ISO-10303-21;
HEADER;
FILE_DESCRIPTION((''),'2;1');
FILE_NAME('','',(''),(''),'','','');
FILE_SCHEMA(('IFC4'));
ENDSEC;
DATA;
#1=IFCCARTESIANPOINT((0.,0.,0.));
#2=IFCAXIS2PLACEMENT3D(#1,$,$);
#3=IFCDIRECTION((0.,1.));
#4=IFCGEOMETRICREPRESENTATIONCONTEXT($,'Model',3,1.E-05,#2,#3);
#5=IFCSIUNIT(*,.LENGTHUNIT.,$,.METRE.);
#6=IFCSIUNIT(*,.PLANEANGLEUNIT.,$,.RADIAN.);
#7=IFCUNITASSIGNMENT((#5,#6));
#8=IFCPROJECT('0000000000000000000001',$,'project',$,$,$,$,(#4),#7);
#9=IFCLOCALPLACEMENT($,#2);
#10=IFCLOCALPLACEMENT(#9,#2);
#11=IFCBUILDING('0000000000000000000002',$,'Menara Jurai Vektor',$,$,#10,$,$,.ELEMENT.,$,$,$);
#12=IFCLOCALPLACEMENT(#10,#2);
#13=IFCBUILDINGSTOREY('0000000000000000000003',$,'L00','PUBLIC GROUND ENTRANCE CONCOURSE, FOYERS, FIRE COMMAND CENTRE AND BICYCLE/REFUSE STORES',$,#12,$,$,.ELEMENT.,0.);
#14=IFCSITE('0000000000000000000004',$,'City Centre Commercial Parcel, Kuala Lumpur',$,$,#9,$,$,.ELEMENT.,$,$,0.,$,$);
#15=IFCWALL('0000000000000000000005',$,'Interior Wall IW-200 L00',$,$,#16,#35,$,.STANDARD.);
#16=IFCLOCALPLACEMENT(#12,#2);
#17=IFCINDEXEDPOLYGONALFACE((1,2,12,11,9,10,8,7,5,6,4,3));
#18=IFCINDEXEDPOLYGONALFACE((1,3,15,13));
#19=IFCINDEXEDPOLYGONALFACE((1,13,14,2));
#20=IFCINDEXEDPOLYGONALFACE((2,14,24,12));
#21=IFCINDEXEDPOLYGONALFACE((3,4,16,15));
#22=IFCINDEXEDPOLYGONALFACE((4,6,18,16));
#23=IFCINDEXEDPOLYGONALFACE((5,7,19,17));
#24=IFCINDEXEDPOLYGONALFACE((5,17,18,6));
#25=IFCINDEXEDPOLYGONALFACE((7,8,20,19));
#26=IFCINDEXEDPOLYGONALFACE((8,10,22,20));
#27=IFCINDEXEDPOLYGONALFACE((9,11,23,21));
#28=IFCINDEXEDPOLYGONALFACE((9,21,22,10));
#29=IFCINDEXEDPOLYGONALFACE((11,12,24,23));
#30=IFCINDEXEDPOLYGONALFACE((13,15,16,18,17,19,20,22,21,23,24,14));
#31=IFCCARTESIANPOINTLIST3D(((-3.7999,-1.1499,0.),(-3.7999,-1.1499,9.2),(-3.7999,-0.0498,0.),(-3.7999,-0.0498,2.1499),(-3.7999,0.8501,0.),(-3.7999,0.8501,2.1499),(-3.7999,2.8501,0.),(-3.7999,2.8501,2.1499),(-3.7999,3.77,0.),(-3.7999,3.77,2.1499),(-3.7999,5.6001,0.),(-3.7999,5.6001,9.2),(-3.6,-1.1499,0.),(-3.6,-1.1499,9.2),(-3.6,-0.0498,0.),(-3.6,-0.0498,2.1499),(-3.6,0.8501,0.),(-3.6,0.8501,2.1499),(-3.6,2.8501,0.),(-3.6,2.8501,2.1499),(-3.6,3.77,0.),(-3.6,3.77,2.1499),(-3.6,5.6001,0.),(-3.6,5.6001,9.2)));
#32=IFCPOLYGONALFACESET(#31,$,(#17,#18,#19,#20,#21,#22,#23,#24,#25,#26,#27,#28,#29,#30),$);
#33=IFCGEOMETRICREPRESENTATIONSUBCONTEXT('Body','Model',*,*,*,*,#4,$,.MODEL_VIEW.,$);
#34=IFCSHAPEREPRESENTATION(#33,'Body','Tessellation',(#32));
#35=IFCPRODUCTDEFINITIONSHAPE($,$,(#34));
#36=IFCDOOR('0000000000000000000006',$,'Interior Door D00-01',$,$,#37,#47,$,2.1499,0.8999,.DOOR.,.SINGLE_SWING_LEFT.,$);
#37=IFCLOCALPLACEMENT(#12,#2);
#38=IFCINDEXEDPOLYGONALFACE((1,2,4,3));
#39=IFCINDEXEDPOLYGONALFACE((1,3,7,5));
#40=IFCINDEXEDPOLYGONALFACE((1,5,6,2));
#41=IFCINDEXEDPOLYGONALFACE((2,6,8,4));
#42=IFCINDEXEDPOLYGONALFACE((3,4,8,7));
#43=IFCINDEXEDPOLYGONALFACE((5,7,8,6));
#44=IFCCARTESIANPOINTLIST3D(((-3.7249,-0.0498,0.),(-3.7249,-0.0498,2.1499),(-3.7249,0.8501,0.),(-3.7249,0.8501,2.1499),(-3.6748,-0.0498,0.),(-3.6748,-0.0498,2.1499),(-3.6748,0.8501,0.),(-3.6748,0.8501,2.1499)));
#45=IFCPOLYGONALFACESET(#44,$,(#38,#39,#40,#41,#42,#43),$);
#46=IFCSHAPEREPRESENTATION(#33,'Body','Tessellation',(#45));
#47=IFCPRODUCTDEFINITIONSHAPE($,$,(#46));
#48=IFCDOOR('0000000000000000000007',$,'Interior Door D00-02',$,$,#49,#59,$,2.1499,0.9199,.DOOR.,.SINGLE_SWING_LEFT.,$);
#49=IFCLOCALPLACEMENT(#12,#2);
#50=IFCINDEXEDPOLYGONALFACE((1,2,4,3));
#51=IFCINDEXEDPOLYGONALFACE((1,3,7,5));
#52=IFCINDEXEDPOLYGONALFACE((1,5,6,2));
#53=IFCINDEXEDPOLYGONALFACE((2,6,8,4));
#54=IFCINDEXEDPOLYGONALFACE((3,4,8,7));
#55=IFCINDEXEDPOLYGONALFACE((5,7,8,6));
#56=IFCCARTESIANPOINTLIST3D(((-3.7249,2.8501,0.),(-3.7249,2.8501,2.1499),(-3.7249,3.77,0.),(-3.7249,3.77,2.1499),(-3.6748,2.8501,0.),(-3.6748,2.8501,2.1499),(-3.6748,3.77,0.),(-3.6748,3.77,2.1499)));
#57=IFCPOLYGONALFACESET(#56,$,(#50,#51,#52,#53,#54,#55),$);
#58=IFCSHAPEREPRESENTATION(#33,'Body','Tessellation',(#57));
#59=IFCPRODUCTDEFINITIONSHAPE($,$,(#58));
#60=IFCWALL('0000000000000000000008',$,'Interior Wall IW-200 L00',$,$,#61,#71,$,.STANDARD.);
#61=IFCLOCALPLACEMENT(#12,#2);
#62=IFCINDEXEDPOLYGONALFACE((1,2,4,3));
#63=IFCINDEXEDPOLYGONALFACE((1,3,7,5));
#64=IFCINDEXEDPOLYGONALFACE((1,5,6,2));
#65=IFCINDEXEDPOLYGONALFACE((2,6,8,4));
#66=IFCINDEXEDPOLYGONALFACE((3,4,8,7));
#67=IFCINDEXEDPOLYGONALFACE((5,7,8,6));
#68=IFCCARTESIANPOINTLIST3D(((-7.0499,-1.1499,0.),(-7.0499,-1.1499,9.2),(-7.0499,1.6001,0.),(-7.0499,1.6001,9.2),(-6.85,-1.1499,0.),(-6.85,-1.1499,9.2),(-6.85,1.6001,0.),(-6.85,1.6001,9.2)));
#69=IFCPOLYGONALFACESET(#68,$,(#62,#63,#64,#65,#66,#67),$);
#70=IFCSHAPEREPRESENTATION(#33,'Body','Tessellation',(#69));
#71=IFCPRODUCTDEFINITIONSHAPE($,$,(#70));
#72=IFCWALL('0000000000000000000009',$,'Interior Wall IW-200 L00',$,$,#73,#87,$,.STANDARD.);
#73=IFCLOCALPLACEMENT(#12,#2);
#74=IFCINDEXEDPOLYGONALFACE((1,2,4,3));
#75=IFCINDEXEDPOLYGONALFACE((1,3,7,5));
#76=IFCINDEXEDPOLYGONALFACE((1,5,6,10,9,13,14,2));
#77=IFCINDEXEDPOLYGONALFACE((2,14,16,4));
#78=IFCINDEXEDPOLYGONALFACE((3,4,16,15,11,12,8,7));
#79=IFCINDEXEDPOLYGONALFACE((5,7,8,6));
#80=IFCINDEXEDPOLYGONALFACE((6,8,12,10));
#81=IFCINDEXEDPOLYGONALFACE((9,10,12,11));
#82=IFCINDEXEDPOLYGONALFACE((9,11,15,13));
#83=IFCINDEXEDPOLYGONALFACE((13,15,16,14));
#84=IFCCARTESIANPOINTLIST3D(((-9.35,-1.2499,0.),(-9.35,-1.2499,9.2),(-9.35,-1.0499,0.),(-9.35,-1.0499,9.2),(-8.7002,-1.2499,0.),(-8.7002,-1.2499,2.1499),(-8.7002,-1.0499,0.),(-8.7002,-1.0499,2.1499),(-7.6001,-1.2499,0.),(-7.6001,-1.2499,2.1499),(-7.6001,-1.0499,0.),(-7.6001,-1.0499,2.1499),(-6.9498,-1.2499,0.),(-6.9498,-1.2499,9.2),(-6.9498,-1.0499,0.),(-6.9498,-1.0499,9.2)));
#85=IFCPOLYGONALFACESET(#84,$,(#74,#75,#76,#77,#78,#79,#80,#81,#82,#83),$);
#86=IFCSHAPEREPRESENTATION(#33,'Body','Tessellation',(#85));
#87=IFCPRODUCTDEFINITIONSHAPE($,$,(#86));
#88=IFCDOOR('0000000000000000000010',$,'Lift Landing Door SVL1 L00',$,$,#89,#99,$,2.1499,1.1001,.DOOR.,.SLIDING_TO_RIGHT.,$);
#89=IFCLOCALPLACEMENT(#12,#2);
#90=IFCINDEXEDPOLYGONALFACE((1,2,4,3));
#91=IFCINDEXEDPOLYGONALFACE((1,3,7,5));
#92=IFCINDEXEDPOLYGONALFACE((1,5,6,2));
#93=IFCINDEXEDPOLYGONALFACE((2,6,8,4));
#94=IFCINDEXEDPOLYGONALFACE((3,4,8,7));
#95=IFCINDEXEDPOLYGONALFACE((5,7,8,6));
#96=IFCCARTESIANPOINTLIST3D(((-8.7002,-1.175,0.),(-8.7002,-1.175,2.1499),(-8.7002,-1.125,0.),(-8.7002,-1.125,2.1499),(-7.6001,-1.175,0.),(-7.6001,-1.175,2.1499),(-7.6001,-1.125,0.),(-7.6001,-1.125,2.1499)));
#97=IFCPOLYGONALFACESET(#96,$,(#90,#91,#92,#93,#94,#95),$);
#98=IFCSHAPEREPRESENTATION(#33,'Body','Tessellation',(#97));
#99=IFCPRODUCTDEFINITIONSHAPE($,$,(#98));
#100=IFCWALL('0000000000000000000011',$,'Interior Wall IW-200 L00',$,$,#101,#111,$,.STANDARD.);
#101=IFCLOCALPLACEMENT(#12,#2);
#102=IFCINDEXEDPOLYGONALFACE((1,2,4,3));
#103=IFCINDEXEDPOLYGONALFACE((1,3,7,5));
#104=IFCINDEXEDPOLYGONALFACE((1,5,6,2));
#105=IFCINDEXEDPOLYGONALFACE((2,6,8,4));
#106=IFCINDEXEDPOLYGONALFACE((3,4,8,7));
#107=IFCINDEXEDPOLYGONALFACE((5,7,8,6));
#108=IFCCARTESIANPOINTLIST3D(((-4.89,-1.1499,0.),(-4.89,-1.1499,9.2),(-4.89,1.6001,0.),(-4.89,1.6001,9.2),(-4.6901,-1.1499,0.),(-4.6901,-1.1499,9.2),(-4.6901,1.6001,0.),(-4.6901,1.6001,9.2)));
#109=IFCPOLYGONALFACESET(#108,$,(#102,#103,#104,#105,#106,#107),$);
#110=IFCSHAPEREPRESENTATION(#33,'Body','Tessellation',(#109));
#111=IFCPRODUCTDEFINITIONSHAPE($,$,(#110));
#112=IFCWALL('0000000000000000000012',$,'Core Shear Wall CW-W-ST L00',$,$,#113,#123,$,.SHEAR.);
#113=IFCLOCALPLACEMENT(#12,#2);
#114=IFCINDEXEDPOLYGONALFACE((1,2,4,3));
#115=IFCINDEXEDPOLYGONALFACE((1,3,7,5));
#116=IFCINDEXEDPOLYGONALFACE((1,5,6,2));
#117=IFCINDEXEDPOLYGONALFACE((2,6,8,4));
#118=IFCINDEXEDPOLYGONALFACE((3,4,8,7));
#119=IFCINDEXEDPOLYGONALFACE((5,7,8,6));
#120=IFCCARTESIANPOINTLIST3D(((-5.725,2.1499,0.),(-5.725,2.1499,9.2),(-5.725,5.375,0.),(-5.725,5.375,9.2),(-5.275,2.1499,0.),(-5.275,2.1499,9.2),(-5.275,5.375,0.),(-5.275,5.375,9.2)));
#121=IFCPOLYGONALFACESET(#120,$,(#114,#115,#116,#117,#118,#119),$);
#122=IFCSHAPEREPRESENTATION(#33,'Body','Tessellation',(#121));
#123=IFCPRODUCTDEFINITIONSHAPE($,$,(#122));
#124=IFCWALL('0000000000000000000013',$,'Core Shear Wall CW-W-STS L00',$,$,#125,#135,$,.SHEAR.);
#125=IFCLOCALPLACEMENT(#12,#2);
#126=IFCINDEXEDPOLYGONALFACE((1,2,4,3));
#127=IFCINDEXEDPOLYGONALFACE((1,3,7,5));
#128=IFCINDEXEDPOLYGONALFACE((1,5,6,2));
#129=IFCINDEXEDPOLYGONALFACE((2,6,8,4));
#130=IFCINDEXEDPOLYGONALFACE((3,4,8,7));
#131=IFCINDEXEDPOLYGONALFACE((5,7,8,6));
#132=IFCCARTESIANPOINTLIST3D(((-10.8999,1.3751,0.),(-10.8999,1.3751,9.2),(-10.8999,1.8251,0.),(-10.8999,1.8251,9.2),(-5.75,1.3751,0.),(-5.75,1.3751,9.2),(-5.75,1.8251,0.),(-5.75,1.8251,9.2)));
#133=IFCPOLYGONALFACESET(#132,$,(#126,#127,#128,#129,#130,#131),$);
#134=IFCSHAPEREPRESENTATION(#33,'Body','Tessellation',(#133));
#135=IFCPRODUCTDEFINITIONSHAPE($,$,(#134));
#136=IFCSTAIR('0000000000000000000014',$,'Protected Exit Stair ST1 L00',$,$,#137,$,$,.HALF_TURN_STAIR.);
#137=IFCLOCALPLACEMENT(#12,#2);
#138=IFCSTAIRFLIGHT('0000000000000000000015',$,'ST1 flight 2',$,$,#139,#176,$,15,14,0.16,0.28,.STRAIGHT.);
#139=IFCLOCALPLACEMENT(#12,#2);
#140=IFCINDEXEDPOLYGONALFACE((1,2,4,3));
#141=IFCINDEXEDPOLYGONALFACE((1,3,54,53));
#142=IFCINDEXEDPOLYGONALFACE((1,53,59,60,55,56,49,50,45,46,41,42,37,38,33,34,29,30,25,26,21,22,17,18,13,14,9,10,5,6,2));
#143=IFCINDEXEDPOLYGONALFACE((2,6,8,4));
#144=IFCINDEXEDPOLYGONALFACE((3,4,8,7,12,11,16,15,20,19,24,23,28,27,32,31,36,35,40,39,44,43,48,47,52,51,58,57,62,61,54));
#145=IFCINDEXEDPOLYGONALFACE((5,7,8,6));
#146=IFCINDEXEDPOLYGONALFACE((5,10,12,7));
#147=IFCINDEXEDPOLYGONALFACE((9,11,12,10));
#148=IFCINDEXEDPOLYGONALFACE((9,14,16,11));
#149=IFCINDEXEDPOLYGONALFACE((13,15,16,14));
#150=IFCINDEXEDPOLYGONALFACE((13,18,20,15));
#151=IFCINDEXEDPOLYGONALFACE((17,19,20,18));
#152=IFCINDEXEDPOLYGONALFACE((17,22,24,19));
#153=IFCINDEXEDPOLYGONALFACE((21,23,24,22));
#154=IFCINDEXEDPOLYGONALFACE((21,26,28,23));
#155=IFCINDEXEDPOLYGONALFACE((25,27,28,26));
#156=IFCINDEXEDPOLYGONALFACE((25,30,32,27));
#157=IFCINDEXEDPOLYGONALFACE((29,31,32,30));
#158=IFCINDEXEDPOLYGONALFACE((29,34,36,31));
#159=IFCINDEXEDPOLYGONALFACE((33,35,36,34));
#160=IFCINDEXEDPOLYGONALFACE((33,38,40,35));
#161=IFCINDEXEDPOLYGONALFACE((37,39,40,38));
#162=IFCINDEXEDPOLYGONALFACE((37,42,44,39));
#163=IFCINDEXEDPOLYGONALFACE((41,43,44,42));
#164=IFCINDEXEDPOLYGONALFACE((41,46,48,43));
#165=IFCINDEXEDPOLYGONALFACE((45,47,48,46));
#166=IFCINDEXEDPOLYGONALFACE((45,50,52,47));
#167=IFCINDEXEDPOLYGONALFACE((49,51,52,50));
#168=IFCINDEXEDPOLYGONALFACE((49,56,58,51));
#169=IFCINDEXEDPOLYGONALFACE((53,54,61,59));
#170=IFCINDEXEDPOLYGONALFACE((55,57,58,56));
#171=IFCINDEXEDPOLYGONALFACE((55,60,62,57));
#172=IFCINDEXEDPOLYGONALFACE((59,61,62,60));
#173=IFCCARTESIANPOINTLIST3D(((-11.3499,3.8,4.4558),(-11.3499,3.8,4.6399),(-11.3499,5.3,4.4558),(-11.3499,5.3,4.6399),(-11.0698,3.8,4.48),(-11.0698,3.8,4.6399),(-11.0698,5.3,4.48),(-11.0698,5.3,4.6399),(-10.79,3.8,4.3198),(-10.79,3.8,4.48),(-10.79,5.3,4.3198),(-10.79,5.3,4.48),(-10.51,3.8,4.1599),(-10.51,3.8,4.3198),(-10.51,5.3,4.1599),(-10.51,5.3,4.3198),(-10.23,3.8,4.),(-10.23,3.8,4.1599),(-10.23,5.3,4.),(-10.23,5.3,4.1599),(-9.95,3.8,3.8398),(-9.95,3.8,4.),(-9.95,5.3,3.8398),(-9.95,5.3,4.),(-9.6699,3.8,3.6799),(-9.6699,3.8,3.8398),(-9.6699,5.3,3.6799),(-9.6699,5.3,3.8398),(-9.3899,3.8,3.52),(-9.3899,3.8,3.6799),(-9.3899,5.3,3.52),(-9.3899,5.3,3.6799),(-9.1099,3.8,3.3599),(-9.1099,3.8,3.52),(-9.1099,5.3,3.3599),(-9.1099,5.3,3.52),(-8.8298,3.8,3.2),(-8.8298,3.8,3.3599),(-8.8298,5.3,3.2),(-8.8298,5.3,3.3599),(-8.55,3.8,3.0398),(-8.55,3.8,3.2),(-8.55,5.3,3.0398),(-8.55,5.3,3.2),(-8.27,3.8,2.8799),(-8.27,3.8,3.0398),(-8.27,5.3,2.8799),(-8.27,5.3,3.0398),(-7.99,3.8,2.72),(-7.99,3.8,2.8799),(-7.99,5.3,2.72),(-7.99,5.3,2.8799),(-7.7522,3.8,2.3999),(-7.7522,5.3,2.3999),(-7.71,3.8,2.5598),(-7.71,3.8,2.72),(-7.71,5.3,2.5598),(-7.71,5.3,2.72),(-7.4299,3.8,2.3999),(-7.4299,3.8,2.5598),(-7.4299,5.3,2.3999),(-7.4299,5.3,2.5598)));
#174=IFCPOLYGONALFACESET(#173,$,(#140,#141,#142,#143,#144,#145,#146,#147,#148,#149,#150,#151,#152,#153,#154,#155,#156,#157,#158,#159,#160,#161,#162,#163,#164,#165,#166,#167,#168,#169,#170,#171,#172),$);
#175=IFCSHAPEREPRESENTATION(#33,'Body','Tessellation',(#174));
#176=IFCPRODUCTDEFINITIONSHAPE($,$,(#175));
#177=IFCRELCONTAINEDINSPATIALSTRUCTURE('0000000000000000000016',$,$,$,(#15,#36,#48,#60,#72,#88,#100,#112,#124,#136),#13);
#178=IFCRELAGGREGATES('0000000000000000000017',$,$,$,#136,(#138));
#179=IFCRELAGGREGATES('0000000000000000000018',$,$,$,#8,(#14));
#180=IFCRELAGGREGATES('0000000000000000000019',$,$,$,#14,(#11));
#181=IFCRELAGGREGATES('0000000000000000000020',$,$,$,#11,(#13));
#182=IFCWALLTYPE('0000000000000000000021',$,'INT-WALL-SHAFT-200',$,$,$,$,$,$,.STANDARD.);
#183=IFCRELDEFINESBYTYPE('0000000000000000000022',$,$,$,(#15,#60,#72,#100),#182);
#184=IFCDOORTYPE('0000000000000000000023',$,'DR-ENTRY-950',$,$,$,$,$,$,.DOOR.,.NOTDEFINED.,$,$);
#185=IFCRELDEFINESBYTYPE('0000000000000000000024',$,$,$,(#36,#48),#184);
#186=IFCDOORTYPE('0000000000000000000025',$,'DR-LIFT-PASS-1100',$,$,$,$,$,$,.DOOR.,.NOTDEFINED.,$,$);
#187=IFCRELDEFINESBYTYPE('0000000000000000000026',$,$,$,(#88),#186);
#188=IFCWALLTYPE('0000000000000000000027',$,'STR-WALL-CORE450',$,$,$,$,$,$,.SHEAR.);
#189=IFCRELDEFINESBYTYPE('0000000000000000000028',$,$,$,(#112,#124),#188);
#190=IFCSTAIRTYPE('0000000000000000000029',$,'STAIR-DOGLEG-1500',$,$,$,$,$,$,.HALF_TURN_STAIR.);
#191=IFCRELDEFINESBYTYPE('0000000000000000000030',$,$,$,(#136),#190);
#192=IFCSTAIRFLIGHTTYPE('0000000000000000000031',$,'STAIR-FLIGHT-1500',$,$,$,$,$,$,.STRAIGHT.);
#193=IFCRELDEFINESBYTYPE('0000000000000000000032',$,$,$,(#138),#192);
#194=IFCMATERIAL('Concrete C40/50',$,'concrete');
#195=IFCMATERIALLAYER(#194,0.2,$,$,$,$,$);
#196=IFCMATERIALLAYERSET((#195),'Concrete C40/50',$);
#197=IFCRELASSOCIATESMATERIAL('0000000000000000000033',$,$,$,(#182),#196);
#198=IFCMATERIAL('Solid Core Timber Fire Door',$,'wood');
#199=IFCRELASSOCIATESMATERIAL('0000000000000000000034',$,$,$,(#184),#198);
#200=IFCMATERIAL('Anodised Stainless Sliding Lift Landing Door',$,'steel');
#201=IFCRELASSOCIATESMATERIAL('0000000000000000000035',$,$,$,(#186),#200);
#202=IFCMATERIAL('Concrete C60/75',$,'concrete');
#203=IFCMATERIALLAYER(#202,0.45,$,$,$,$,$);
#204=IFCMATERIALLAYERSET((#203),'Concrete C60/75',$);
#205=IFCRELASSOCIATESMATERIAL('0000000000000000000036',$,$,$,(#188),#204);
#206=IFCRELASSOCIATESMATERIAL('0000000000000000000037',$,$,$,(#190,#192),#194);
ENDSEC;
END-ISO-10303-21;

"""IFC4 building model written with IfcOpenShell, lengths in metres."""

from ifc_helpers import new_model, si_unit, direction, frame, frame_2d, origin, place, context, subcontext, project, spatial, polyline, rectangle, outline, extrude, material, layer, layer_set, type_object, element, fill, aggregate, save


model = new_model("IFC4")

# Units and contexts
model_context = context("Model", 3, precision=1e-05, world=origin(), true_north=direction((0.0, 1.0)))
body_context = subcontext(model_context, "Body", "Model", "MODEL_VIEW")
ifc_project = project(units=[si_unit("LENGTHUNIT", "METRE"), si_unit("PLANEANGLEUNIT", "RADIAN")], contexts=[model_context])

# Site, building, storey
site_placement = place(None, origin())
site = spatial("IfcSite", under=ifc_project, at=site_placement, Name="City Centre Commercial Parcel, Kuala Lumpur", CompositionType="ELEMENT", RefElevation=0.0)
building_placement = place(site_placement, origin())
building = spatial("IfcBuilding", under=site, at=building_placement, Name="Menara Jurai Vektor", CompositionType="ELEMENT")
storey_placement = place(building_placement, origin())
storey = spatial("IfcBuildingStorey", under=building, at=storey_placement, Name="L00", Description="PUBLIC GROUND ENTRANCE CONCOURSE, FOYERS, FIRE COMMAND CENTRE AND BICYCLE/REFUSE STORES", CompositionType="ELEMENT", Elevation=0.0)

# Shared definitions
ifc_material_1 = material(Name="Concrete C60/75", Category="concrete")

# Shared definitions
ifc_material_2 = material(Name="Concrete C40/50", Category="concrete")

# Wall, openings, doors
ifc_layer_1 = layer(ifc_material_2, 0.2)
ifc_layer_set_1 = layer_set([ifc_layer_1], Name="Concrete C40/50")
wall_type_1 = type_object("IfcWallType", Name="INT-WALL-SHAFT-200", PredefinedType="STANDARD", material=ifc_layer_set_1)
wall_1_placement = place(storey_placement, frame((-3.7, -1.1499, 0.0), z_axis=(0.0, 0.0, 1.0), x_axis=(0.0, 1.0, 0.0)))
wall_1 = element("IfcWall", 1, at=wall_1_placement, inside=storey, type_object=wall_type_1, Name="Interior Wall IW-200 L00", PredefinedType="STANDARD", context=body_context, shape_type="SweptSolid", body=[
    extrude(rectangle(XDim=6.75, YDim=0.2, at=frame_2d((3.375, 0.0))), origin(), (0.0, 0.0, 1.0), 9.2),
])
opening_1_placement = place(wall_1_placement, frame((1.1001, 0.0, 0.0)))
opening_1 = element("IfcOpeningElement", 2, at=opening_1_placement, cuts=wall_1, PredefinedType="OPENING", context=body_context, shape_type="SweptSolid", body=[
    extrude(rectangle(XDim=0.8999, YDim=2.1499, at=frame_2d((0.45, 1.075))), frame((0.0, 0.1099, 0.0), z_axis=(0.0, -1.0, 0.0), x_axis=(1.0, 0.0, 0.0)), (0.0, 0.0, 1.0), 0.22),
])
opening_2_placement = place(wall_1_placement, frame((4.0, 0.0, 0.0)))
opening_2 = element("IfcOpeningElement", 3, at=opening_2_placement, cuts=wall_1, PredefinedType="OPENING", context=body_context, shape_type="SweptSolid", body=[
    extrude(rectangle(XDim=0.9199, YDim=2.1499, at=frame_2d((0.46, 1.075))), frame((0.0, 0.1099, 0.0), z_axis=(0.0, -1.0, 0.0), x_axis=(1.0, 0.0, 0.0)), (0.0, 0.0, 1.0), 0.22),
])
ifc_material_3 = material(Name="Solid Core Timber Fire Door", Category="wood")
door_type_1 = type_object("IfcDoorType", Name="DR-ENTRY-950", OperationType="NOTDEFINED", PredefinedType="DOOR", material=ifc_material_3)
door_1_placement = place(opening_1_placement, origin())
door_1 = element("IfcDoor", 4, at=door_1_placement, inside=storey, type_object=door_type_1, Name="Interior Door D00-01", OperationType="SINGLE_SWING_LEFT", OverallHeight=2.1499, OverallWidth=0.8999, PredefinedType="DOOR", context=body_context, shape_type="SweptSolid", body=[
    extrude(rectangle(XDim=0.8999, YDim=2.1499, at=frame_2d((0.45, 1.075))), frame((0.0, 0.0249, 0.0), z_axis=(0.0, -1.0, 0.0), x_axis=(1.0, 0.0, 0.0)), (0.0, 0.0, 1.0), 0.05),
])
fill(opening_1, door_1)
door_2_placement = place(opening_2_placement, origin())
door_2 = element("IfcDoor", 5, at=door_2_placement, inside=storey, type_object=door_type_1, Name="Interior Door D00-02", OperationType="SINGLE_SWING_LEFT", OverallHeight=2.1499, OverallWidth=0.9199, PredefinedType="DOOR", context=body_context, shape_type="SweptSolid", body=[
    extrude(rectangle(XDim=0.9199, YDim=2.1499, at=frame_2d((0.46, 1.075))), frame((0.0, 0.0249, 0.0), z_axis=(0.0, -1.0, 0.0), x_axis=(1.0, 0.0, 0.0)), (0.0, 0.0, 1.0), 0.05),
])
fill(opening_2, door_2)

# Wall
wall_2_placement = place(storey_placement, frame((-6.95, -1.1499, 0.0), z_axis=(0.0, 0.0, 1.0), x_axis=(0.0, 1.0, 0.0)))
element("IfcWall", 6, at=wall_2_placement, inside=storey, type_object=wall_type_1, Name="Interior Wall IW-200 L00", PredefinedType="STANDARD", context=body_context, shape_type="SweptSolid", body=[
    extrude(rectangle(XDim=2.75, YDim=0.2, at=frame_2d((1.375, 0.0))), origin(), (0.0, 0.0, 1.0), 9.2),
])

# Wall, opening, door
wall_3_placement = place(storey_placement, frame((-9.3501, -1.1499, 0.0), z_axis=(0.0, 0.0, 1.0), x_axis=(1.0, 0.0, 0.0)))
wall_3 = element("IfcWall", 7, at=wall_3_placement, inside=storey, type_object=wall_type_1, Name="Interior Wall IW-200 L00", PredefinedType="STANDARD", context=body_context, shape_type="SweptSolid", body=[
    extrude(rectangle(XDim=2.4001, YDim=0.2, at=frame_2d((1.2002, 0.0))), origin(), (0.0, 0.0, 1.0), 9.2),
])
opening_3_placement = place(wall_3_placement, frame((0.6499, 0.0, 0.0)))
opening_3 = element("IfcOpeningElement", 8, at=opening_3_placement, cuts=wall_3, PredefinedType="OPENING", context=body_context, shape_type="SweptSolid", body=[
    extrude(rectangle(XDim=1.1001, YDim=2.1499, at=frame_2d((0.55, 1.075))), frame((0.0, 0.1099, 0.0), z_axis=(0.0, -1.0, 0.0), x_axis=(1.0, 0.0, 0.0)), (0.0, 0.0, 1.0), 0.22),
])
ifc_material_4 = material(Name="Anodised Stainless Sliding Lift Landing Door", Category="steel")
door_type_2 = type_object("IfcDoorType", Name="DR-LIFT-PASS-1100", OperationType="NOTDEFINED", PredefinedType="DOOR", material=ifc_material_4)
door_3_placement = place(opening_3_placement, origin())
door_3 = element("IfcDoor", 9, at=door_3_placement, inside=storey, type_object=door_type_2, Name="Lift Landing Door SVL1 L00", OperationType="SLIDING_TO_RIGHT", OverallHeight=2.1499, OverallWidth=1.1001, PredefinedType="DOOR", context=body_context, shape_type="SweptSolid", body=[
    extrude(rectangle(XDim=1.1001, YDim=2.1499, at=frame_2d((0.55, 1.075))), frame((0.0, 0.0249, 0.0), z_axis=(0.0, -1.0, 0.0), x_axis=(1.0, 0.0, 0.0)), (0.0, 0.0, 1.0), 0.05),
])
fill(opening_3, door_3)

# Wall
wall_4_placement = place(storey_placement, frame((-4.79, -1.1499, 0.0), z_axis=(0.0, 0.0, 1.0), x_axis=(0.0, 1.0, 0.0)))
element("IfcWall", 10, at=wall_4_placement, inside=storey, type_object=wall_type_1, Name="Interior Wall IW-200 L00", PredefinedType="STANDARD", context=body_context, shape_type="SweptSolid", body=[
    extrude(rectangle(XDim=2.75, YDim=0.2, at=frame_2d((1.375, 0.0))), origin(), (0.0, 0.0, 1.0), 9.2),
])

# Walls
ifc_layer_2 = layer(ifc_material_1, 0.45)
ifc_layer_set_2 = layer_set([ifc_layer_2], Name="Concrete C60/75")
wall_type_2 = type_object("IfcWallType", Name="STR-WALL-CORE450", PredefinedType="SHEAR", material=ifc_layer_set_2)
wall_5_placement = place(storey_placement, frame((-5.5, 2.1499, 0.0), z_axis=(0.0, 0.0, 1.0), x_axis=(0.0, 1.0, 0.0)))
element("IfcWall", 11, at=wall_5_placement, inside=storey, type_object=wall_type_2, Name="Core Shear Wall CW-W-ST L00", PredefinedType="SHEAR", context=body_context, shape_type="SweptSolid", body=[
    extrude(rectangle(XDim=3.2251, YDim=0.45, at=frame_2d((1.6125, 0.0))), origin(), (0.0, 0.0, 1.0), 9.2),
])
wall_6_placement = place(storey_placement, frame((-10.8999, 1.6001, 0.0), z_axis=(0.0, 0.0, 1.0), x_axis=(1.0, 0.0, 0.0)))
element("IfcWall", 12, at=wall_6_placement, inside=storey, type_object=wall_type_2, Name="Core Shear Wall CW-W-STS L00", PredefinedType="SHEAR", context=body_context, shape_type="SweptSolid", body=[
    extrude(rectangle(XDim=5.1499, YDim=0.45, at=frame_2d((2.575, 0.0))), origin(), (0.0, 0.0, 1.0), 9.2),
])

# Stair, stair flight
stair_type = type_object("IfcStairType", Name="STAIR-DOGLEG-1500", PredefinedType="HALF_TURN_STAIR", material=ifc_material_2)
stair_placement = place(storey_placement, origin())
stair = element("IfcStair", 13, at=stair_placement, inside=storey, type_object=stair_type, Name="Protected Exit Stair ST1 L00", PredefinedType="HALF_TURN_STAIR")
stair_flight_type = type_object("IfcStairFlightType", Name="STAIR-FLIGHT-1500", PredefinedType="STRAIGHT", material=ifc_material_2)
stair_flight_1_placement = place(storey_placement, frame((-7.4299, 4.55, 2.3999), z_axis=(0.0, 0.0, 1.0), x_axis=(-1.0, 0.0, 0.0)))
stair_flight_1 = element("IfcStairFlight", 14, at=stair_flight_1_placement, type_object=stair_flight_type, Name="ST1 flight 2", NumberOfRisers=15, NumberOfTreads=14, PredefinedType="STRAIGHT", RiserHeight=0.16, TreadLength=0.28, context=body_context, shape_type="SweptSolid", body=[
    extrude(outline(polyline([(0.0, 0.0), (0.0, 0.1599), (0.28, 0.1599), (0.28, 0.3201), (0.5601, 0.3201), (0.5601, 0.48), (0.8401, 0.48), (0.8401, 0.6399), (1.1201, 0.6399), (1.1201, 0.8), (1.3999, 0.8), (1.3999, 0.96), (1.6799, 0.96), (1.6799, 1.1201), (1.96, 1.1201), (1.96, 1.28), (2.24, 1.28), (2.24, 1.4399), (2.52, 1.4399), (2.52, 1.6001), (2.8, 1.6001), (2.8, 1.76), (3.0801, 1.76), (3.0801, 1.9199), (3.3601, 1.9199), (3.3601, 2.0801), (3.6399, 2.0801), (3.6399, 2.24), (3.9199, 2.24), (3.9199, 2.3999), (3.9199, 2.0559), (0.3223, 0.0), (0.0, 0.0)])), frame((0.0, 0.75, 0.0), z_axis=(0.0, -1.0, 0.0), x_axis=(1.0, 0.0, 0.0)), (0.0, 0.0, 1.0), 1.5),
])
aggregate(stair, [stair_flight_1])

save(model, "model.ifc")
